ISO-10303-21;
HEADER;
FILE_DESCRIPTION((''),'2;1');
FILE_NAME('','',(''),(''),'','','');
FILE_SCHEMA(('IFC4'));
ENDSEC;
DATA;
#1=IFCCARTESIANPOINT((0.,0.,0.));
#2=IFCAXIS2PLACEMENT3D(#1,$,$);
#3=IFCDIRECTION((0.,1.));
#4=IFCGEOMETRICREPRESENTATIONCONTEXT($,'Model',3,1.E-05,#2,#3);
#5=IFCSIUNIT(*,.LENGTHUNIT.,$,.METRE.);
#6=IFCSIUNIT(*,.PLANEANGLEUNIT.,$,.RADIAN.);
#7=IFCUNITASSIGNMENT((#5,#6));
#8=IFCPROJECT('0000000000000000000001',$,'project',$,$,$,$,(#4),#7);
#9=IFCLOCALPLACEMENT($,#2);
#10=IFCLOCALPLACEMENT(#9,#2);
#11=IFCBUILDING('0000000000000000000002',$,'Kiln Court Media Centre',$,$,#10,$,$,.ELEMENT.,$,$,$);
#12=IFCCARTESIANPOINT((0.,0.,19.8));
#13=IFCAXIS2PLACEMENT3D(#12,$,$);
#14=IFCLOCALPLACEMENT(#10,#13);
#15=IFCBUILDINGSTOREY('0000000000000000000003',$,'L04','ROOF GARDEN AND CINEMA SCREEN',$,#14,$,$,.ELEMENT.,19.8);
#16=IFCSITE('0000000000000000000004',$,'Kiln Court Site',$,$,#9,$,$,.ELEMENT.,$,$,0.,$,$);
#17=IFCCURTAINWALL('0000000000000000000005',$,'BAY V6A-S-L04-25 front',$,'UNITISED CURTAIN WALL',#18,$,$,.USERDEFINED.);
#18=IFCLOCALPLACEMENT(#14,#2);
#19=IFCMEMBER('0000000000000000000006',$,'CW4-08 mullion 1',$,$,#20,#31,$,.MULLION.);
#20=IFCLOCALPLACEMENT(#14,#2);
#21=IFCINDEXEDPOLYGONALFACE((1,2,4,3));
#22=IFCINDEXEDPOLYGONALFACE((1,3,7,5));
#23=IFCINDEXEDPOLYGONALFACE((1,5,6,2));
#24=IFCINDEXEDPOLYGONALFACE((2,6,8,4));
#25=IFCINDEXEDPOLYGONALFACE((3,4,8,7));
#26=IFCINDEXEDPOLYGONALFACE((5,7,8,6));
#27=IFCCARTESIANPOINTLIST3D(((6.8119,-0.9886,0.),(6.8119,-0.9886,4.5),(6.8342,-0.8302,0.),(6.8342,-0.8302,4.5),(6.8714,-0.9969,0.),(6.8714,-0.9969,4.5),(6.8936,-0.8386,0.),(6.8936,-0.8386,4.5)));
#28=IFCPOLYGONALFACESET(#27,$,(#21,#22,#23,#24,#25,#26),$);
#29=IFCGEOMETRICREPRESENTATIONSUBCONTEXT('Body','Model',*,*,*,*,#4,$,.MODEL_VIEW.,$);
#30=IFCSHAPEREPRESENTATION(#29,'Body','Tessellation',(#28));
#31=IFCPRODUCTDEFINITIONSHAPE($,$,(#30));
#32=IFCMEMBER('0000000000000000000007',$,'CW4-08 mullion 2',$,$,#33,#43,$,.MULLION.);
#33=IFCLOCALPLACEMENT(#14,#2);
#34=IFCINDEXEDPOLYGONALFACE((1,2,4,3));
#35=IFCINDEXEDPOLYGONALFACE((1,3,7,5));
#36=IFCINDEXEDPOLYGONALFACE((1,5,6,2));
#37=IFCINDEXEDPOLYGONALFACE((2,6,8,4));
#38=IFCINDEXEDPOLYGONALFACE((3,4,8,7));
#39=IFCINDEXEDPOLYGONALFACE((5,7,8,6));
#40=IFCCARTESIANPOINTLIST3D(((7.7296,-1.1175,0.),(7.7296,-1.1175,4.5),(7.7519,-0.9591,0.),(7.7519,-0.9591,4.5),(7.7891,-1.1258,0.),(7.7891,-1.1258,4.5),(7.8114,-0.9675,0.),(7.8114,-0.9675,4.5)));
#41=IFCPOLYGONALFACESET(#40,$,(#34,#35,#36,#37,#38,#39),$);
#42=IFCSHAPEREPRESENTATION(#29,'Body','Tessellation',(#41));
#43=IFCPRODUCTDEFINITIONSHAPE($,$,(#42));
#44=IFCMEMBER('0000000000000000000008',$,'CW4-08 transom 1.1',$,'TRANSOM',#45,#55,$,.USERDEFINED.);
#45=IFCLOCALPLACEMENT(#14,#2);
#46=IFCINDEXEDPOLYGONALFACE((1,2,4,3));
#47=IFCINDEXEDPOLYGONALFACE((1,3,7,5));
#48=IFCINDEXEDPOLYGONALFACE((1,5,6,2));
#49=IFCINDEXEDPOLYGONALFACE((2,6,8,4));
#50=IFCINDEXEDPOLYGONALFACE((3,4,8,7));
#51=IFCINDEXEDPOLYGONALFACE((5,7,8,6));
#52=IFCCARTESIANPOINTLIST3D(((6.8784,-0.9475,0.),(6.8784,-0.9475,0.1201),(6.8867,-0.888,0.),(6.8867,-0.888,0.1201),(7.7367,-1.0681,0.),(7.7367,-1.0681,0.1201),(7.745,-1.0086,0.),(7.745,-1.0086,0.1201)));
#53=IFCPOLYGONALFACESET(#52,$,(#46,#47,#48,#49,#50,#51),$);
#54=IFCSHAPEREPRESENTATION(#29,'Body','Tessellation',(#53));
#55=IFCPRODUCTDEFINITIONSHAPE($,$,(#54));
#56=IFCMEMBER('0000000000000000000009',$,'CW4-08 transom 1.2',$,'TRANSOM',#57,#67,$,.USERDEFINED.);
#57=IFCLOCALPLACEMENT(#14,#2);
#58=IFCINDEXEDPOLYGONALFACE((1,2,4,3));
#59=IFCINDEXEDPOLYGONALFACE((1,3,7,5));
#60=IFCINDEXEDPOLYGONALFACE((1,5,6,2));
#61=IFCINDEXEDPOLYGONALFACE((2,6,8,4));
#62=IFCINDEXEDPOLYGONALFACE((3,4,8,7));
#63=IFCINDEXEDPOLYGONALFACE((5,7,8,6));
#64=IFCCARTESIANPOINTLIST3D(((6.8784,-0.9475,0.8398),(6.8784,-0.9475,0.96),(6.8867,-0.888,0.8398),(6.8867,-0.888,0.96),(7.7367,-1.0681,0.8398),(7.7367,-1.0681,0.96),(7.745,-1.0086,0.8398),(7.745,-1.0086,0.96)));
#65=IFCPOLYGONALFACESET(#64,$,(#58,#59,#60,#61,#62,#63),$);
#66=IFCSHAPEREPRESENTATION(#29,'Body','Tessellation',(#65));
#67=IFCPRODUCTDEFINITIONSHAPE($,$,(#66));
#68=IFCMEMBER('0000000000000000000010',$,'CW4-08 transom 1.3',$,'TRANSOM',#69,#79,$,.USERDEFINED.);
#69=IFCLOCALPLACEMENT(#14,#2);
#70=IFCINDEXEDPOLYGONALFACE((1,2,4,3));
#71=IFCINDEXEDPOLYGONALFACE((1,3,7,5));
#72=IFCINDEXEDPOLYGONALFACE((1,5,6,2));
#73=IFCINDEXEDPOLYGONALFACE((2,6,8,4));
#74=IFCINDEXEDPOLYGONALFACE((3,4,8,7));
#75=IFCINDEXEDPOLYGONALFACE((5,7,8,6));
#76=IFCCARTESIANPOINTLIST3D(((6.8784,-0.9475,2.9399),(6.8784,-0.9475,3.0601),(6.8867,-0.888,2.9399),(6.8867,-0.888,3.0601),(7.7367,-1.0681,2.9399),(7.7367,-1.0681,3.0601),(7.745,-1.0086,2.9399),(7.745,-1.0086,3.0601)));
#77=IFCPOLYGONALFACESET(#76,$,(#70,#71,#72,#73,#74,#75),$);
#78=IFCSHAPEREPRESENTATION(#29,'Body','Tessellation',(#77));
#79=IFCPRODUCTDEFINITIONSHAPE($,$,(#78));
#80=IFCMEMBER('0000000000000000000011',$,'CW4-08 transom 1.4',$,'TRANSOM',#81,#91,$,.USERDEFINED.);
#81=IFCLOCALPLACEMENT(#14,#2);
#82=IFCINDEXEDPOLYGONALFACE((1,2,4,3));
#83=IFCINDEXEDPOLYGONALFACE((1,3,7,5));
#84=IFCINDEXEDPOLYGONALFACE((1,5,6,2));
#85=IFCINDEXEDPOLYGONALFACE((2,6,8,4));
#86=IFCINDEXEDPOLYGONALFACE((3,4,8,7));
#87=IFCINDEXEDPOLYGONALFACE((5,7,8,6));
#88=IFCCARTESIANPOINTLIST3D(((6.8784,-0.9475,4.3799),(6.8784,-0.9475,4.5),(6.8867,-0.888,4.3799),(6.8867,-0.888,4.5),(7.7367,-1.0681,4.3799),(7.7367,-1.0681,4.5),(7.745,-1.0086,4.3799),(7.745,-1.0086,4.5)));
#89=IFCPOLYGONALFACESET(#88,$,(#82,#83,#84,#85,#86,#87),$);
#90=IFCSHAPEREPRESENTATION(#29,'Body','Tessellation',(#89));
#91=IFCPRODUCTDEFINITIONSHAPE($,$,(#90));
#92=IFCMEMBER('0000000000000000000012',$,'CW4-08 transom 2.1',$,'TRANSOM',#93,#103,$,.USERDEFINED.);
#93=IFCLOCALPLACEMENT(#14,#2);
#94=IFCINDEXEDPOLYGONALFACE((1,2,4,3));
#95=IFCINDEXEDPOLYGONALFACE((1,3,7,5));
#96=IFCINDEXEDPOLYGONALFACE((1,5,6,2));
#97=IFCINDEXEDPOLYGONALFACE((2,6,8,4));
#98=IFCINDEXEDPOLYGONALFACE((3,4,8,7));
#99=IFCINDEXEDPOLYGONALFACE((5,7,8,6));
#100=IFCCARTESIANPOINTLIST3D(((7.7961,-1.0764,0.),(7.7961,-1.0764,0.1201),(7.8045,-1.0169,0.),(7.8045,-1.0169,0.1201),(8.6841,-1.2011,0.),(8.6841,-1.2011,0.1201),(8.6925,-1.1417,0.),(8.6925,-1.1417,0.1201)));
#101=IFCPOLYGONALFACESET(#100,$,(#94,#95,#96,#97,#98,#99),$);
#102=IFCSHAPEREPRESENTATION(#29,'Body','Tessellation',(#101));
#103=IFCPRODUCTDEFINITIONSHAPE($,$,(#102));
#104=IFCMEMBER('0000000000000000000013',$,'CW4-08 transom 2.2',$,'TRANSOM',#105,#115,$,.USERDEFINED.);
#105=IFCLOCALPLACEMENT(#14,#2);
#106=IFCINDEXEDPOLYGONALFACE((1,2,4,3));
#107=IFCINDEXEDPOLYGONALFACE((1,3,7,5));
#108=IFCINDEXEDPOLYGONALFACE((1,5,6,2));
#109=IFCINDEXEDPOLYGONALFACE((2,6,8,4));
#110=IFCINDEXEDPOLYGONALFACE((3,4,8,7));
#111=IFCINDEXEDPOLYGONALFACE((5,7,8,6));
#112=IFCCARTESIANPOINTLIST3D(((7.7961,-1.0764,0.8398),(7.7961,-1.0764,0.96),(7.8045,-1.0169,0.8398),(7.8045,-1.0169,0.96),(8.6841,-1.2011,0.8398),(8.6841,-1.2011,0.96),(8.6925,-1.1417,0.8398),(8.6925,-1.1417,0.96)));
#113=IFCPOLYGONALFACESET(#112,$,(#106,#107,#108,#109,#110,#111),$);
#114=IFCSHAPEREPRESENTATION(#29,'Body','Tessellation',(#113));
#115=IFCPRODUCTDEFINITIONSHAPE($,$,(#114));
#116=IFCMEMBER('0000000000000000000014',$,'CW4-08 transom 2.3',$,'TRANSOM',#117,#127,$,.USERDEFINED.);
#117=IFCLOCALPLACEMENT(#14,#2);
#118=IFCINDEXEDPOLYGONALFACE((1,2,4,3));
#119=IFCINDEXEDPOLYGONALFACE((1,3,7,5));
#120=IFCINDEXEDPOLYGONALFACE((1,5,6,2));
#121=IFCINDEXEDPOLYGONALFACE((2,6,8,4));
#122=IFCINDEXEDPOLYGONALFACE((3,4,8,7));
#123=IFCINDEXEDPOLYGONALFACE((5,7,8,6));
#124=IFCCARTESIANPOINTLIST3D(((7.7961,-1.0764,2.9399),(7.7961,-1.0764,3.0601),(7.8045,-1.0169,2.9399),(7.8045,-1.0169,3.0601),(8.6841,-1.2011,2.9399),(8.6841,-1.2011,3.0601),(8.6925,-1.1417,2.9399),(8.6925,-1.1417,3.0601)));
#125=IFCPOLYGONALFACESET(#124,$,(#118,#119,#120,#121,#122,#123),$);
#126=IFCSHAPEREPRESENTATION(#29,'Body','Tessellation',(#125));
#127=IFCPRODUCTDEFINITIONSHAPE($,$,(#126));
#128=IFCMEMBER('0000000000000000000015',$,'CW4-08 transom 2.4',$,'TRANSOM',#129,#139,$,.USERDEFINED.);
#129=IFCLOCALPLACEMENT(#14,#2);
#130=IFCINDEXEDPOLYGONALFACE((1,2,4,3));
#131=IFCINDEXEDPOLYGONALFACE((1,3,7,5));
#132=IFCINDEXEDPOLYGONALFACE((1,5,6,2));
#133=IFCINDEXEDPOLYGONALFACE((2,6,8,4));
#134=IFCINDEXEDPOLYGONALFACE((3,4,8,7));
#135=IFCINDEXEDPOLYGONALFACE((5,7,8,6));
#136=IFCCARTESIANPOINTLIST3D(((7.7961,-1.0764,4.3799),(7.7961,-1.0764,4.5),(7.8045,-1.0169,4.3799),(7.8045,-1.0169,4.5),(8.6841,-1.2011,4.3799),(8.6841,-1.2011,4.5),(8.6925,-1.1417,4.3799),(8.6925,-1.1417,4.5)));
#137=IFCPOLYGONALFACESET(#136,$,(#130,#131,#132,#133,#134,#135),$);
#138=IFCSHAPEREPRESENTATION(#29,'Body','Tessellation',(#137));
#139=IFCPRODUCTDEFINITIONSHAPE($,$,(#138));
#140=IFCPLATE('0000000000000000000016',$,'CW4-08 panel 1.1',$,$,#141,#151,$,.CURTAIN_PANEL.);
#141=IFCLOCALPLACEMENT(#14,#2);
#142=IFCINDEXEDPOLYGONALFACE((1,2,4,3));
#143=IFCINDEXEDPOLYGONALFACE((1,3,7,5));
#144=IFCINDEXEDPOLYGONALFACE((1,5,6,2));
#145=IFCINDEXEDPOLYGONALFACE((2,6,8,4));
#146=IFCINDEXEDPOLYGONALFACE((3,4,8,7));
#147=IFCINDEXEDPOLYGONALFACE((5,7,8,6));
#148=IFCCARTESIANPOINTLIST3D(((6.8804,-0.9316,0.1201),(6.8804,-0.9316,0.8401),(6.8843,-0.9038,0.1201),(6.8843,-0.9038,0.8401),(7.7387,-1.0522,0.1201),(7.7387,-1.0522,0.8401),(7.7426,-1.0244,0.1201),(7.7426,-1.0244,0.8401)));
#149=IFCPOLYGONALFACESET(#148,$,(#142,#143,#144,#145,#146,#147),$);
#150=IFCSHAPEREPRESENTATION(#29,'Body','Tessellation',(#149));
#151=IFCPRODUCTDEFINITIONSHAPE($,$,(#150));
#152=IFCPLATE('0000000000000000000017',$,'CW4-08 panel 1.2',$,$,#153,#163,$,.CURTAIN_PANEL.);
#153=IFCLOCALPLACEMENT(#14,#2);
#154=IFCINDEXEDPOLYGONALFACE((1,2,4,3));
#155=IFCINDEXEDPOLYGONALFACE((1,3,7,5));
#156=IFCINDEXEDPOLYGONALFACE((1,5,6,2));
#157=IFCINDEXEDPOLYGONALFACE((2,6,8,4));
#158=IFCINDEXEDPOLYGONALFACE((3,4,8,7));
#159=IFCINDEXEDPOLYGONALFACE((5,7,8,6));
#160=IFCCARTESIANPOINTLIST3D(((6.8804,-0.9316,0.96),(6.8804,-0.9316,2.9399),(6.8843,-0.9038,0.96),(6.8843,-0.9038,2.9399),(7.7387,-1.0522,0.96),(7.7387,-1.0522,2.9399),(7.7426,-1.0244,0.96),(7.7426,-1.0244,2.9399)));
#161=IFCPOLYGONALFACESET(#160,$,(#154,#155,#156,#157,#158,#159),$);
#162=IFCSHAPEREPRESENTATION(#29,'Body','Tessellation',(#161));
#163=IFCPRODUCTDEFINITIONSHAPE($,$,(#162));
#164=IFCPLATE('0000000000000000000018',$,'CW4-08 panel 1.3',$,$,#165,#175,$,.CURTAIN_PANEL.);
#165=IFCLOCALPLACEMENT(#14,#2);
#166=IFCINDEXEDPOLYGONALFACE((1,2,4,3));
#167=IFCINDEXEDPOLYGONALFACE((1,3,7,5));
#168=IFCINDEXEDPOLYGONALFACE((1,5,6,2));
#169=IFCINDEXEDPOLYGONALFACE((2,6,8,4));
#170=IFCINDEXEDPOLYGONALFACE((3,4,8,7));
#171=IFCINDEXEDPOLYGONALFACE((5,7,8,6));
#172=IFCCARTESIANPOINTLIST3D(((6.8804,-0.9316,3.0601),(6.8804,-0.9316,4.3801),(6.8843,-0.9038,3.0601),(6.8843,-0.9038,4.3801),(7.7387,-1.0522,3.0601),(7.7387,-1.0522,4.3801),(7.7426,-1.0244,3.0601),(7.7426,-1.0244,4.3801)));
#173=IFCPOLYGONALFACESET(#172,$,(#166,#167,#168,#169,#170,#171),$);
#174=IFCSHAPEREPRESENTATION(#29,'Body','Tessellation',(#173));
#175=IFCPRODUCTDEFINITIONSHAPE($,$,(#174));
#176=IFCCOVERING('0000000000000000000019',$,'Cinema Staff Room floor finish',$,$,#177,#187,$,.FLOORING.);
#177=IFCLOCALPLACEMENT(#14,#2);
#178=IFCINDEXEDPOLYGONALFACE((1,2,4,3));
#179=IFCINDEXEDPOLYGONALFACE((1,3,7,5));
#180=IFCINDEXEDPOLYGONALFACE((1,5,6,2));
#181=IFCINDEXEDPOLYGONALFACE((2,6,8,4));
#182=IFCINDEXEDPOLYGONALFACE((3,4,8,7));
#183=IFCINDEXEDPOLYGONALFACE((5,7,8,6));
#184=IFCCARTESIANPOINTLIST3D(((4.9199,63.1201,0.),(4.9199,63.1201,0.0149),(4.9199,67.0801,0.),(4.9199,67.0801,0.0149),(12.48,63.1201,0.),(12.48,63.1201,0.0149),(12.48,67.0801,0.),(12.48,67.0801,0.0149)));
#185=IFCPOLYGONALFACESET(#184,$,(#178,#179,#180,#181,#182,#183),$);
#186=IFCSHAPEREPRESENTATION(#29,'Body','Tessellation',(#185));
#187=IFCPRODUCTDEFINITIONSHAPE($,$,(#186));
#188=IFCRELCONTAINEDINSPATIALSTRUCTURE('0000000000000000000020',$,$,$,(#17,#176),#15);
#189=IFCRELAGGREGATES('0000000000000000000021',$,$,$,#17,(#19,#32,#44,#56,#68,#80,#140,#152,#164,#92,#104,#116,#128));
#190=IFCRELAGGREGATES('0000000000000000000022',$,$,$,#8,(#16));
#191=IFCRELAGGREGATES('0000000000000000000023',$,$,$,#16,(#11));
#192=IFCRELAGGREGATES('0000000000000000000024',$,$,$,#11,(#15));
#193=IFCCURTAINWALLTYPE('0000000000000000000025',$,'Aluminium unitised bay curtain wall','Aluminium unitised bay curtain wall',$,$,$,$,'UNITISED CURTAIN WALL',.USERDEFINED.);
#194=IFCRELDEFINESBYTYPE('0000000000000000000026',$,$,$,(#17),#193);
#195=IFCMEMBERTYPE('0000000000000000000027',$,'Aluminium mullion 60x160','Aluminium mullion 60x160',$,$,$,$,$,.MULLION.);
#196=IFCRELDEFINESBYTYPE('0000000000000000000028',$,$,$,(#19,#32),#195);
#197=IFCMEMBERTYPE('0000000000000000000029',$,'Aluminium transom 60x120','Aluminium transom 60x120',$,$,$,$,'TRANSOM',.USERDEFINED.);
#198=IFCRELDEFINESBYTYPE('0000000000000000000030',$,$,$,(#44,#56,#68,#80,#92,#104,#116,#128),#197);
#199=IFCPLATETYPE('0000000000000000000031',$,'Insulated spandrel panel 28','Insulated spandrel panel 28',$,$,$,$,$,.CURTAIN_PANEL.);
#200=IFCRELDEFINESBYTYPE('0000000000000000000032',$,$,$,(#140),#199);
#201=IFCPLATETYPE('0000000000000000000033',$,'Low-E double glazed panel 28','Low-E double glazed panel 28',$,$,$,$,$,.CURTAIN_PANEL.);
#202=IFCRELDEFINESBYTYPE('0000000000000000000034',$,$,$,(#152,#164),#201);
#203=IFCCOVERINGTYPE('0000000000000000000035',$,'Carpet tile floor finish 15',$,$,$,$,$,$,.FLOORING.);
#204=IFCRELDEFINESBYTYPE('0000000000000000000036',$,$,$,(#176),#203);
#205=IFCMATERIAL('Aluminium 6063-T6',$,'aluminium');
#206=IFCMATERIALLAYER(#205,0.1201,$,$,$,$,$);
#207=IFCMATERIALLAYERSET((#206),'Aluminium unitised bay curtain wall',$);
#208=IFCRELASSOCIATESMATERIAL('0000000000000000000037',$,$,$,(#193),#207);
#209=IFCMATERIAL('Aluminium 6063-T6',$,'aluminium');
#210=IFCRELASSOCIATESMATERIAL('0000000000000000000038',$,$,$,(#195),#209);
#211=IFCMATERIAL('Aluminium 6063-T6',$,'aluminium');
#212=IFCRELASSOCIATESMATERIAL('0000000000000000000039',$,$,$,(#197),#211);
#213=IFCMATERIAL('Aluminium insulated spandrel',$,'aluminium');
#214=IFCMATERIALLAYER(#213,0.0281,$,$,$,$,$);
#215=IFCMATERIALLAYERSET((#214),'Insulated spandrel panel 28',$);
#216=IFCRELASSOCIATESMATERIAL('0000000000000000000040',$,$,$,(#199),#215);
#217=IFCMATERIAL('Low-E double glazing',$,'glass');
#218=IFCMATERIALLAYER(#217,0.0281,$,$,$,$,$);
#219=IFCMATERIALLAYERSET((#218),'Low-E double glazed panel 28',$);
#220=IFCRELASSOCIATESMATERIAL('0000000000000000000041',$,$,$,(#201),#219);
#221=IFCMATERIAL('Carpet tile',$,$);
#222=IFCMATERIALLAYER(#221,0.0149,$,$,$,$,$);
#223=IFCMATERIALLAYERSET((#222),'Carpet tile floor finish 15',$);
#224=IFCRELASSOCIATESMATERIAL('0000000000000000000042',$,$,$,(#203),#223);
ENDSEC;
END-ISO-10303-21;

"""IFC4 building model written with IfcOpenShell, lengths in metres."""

from ifc_helpers import new_model, si_unit, direction, frame, origin, origin_2d, place, context, subcontext, project, spatial, polyline, rectangle, outline, extrude, material, layer, layer_set, material_profile, profile_set, type_object, element, aggregate, save


model = new_model("IFC4")

# Units and contexts
model_context = context("Model", 3, precision=1e-05, world=origin(), true_north=direction((0.0, 1.0)))
body_context = subcontext(model_context, "Body", "Model", "MODEL_VIEW")
ifc_project = project(units=[si_unit("LENGTHUNIT", "METRE"), si_unit("PLANEANGLEUNIT", "RADIAN")], contexts=[model_context])

# Site, building, storey
site_placement = place(None, origin())
site = spatial("IfcSite", under=ifc_project, at=site_placement, Name="Kiln Court Site", CompositionType="ELEMENT", RefElevation=0.0)
building_placement = place(site_placement, origin())
building = spatial("IfcBuilding", under=site, at=building_placement, Name="Kiln Court Media Centre", CompositionType="ELEMENT")
storey_placement = place(building_placement, frame((0.0, 0.0, 19.8)))
storey = spatial("IfcBuildingStorey", under=building, at=storey_placement, Name="L04", Description="ROOF GARDEN AND CINEMA SCREEN", CompositionType="ELEMENT", Elevation=19.8)

# Curtain wall, members, plates
ifc_material_1 = material(Name="Aluminium 6063-T6", Category="aluminium")
ifc_layer_1 = layer(ifc_material_1, 0.1201)
ifc_layer_set_1 = layer_set([ifc_layer_1], Name="Aluminium unitised bay curtain wall")
curtain_wall_type = type_object("IfcCurtainWallType", Name="Aluminium unitised bay curtain wall", Description="Aluminium unitised bay curtain wall", ElementType="UNITISED CURTAIN WALL", PredefinedType="USERDEFINED", material=ifc_layer_set_1)
curtain_wall_placement = place(storey_placement, origin())
curtain_wall = element("IfcCurtainWall", 1, at=curtain_wall_placement, inside=storey, type_object=curtain_wall_type, Name="BAY V6A-S-L04-25 front", ObjectType="UNITISED CURTAIN WALL", PredefinedType="USERDEFINED")
ifc_material_2 = material(Name="Aluminium 6063-T6", Category="aluminium")
ifc_material_profile_1 = material_profile(ifc_material_2, rectangle(XDim=0.0601, YDim=0.1599, at=origin_2d()), Name="Aluminium mullion 60x160")
ifc_profile_set_1 = profile_set([ifc_material_profile_1], Name="Aluminium 6063-T6")
member_type_1 = type_object("IfcMemberType", Name="Aluminium mullion 60x160", Description="Aluminium mullion 60x160", PredefinedType="MULLION", material=ifc_profile_set_1)
member_1_placement = place(storey_placement, frame((6.8528, -0.9136, 0.0), z_axis=(0.0, 0.0, 1.0), x_axis=(0.99027, -0.139162, 0.0)))
member_1 = element("IfcMember", 2, at=member_1_placement, type_object=member_type_1, Name="CW4-08 mullion 1", PredefinedType="MULLION", context=body_context, shape_type="SweptSolid", body=[
    extrude(rectangle(XDim=0.0601, YDim=0.1599, at=origin_2d()), origin(), (0.0, 0.0, 1.0), 4.5),
])
member_2_placement = place(storey_placement, frame((7.7705, -1.0425, 0.0), z_axis=(0.0, 0.0, 1.0), x_axis=(0.99027, -0.139162, 0.0)))
member_2 = element("IfcMember", 3, at=member_2_placement, type_object=member_type_1, Name="CW4-08 mullion 2", PredefinedType="MULLION", context=body_context, shape_type="SweptSolid", body=[
    extrude(rectangle(XDim=0.0601, YDim=0.1599, at=origin_2d()), origin(), (0.0, 0.0, 1.0), 4.5),
])
ifc_material_3 = material(Name="Aluminium 6063-T6", Category="aluminium")
ifc_material_profile_2 = material_profile(ifc_material_3, rectangle(XDim=0.0601, YDim=0.1201, at=origin_2d()), Name="Aluminium transom 60x120")
ifc_profile_set_2 = profile_set([ifc_material_profile_2], Name="Aluminium 6063-T6")
member_type_2 = type_object("IfcMemberType", Name="Aluminium transom 60x120", Description="Aluminium transom 60x120", ElementType="TRANSOM", PredefinedType="USERDEFINED", material=ifc_profile_set_2)
member_3_placement = place(storey_placement, frame((6.8826, -0.9177, 0.0601), z_axis=(0.990268, -0.139173, 0.0), x_axis=(0.139173, 0.990268, 0.0)))
member_3 = element("IfcMember", 4, at=member_3_placement, type_object=member_type_2, Name="CW4-08 transom 1.1", ObjectType="TRANSOM", PredefinedType="USERDEFINED", context=body_context, shape_type="SweptSolid", body=[
    extrude(rectangle(XDim=0.0601, YDim=0.1201, at=origin_2d()), origin(), (0.0, 0.0, 1.0), 0.8667),
])
member_4_placement = place(storey_placement, frame((6.8826, -0.9177, 0.8999), z_axis=(0.990268, -0.139173, 0.0), x_axis=(0.139173, 0.990268, 0.0)))
member_4 = element("IfcMember", 5, at=member_4_placement, type_object=member_type_2, Name="CW4-08 transom 1.2", ObjectType="TRANSOM", PredefinedType="USERDEFINED", context=body_context, shape_type="SweptSolid", body=[
    extrude(rectangle(XDim=0.0601, YDim=0.1201, at=origin_2d()), origin(), (0.0, 0.0, 1.0), 0.8667),
])
member_5_placement = place(storey_placement, frame((6.8826, -0.9177, 3.0), z_axis=(0.990268, -0.139173, 0.0), x_axis=(0.139173, 0.990268, 0.0)))
member_5 = element("IfcMember", 6, at=member_5_placement, type_object=member_type_2, Name="CW4-08 transom 1.3", ObjectType="TRANSOM", PredefinedType="USERDEFINED", context=body_context, shape_type="SweptSolid", body=[
    extrude(rectangle(XDim=0.0601, YDim=0.1201, at=origin_2d()), origin(), (0.0, 0.0, 1.0), 0.8667),
])
member_6_placement = place(storey_placement, frame((6.8826, -0.9177, 4.4399), z_axis=(0.990268, -0.139173, 0.0), x_axis=(0.139173, 0.990268, 0.0)))
member_6 = element("IfcMember", 7, at=member_6_placement, type_object=member_type_2, Name="CW4-08 transom 1.4", ObjectType="TRANSOM", PredefinedType="USERDEFINED", context=body_context, shape_type="SweptSolid", body=[
    extrude(rectangle(XDim=0.0601, YDim=0.1201, at=origin_2d()), origin(), (0.0, 0.0, 1.0), 0.8667),
])
member_7_placement = place(storey_placement, frame((7.8003, -1.0466, 0.0601), z_axis=(0.990274, -0.139134, 0.0), x_axis=(0.139134, 0.990274, 0.0)))
member_7 = element("IfcMember", 8, at=member_7_placement, type_object=member_type_2, Name="CW4-08 transom 2.1", ObjectType="TRANSOM", PredefinedType="USERDEFINED", context=body_context, shape_type="SweptSolid", body=[
    extrude(rectangle(XDim=0.0601, YDim=0.1201, at=origin_2d()), origin(), (0.0, 0.0, 1.0), 0.8967),
])
member_8_placement = place(storey_placement, frame((7.8003, -1.0466, 0.8999), z_axis=(0.990274, -0.139134, 0.0), x_axis=(0.139134, 0.990274, 0.0)))
member_8 = element("IfcMember", 9, at=member_8_placement, type_object=member_type_2, Name="CW4-08 transom 2.2", ObjectType="TRANSOM", PredefinedType="USERDEFINED", context=body_context, shape_type="SweptSolid", body=[
    extrude(rectangle(XDim=0.0601, YDim=0.1201, at=origin_2d()), origin(), (0.0, 0.0, 1.0), 0.8967),
])
member_9_placement = place(storey_placement, frame((7.8003, -1.0466, 3.0), z_axis=(0.990274, -0.139134, 0.0), x_axis=(0.139134, 0.990274, 0.0)))
member_9 = element("IfcMember", 10, at=member_9_placement, type_object=member_type_2, Name="CW4-08 transom 2.3", ObjectType="TRANSOM", PredefinedType="USERDEFINED", context=body_context, shape_type="SweptSolid", body=[
    extrude(rectangle(XDim=0.0601, YDim=0.1201, at=origin_2d()), origin(), (0.0, 0.0, 1.0), 0.8967),
])
member_10_placement = place(storey_placement, frame((7.8003, -1.0466, 4.4399), z_axis=(0.990274, -0.139134, 0.0), x_axis=(0.139134, 0.990274, 0.0)))
member_10 = element("IfcMember", 11, at=member_10_placement, type_object=member_type_2, Name="CW4-08 transom 2.4", ObjectType="TRANSOM", PredefinedType="USERDEFINED", context=body_context, shape_type="SweptSolid", body=[
    extrude(rectangle(XDim=0.0601, YDim=0.1201, at=origin_2d()), origin(), (0.0, 0.0, 1.0), 0.8967),
])
ifc_material_4 = material(Name="Aluminium insulated spandrel", Category="aluminium")
ifc_layer_2 = layer(ifc_material_4, 0.0281)
ifc_layer_set_2 = layer_set([ifc_layer_2], Name="Insulated spandrel panel 28")
plate_type_1 = type_object("IfcPlateType", Name="Insulated spandrel panel 28", Description="Insulated spandrel panel 28", PredefinedType="CURTAIN_PANEL", material=ifc_layer_set_2)
plate_1_placement = place(storey_placement, frame((7.3115, -0.978, 0.1201), z_axis=(0.0, 0.0, 1.0), x_axis=(0.99027, -0.139162, 0.0)))
plate_1 = element("IfcPlate", 12, at=plate_1_placement, type_object=plate_type_1, Name="CW4-08 panel 1.1", PredefinedType="CURTAIN_PANEL", context=body_context, shape_type="SweptSolid", body=[
    extrude(rectangle(XDim=0.8667, YDim=0.0281, at=origin_2d()), origin(), (0.0, 0.0, 1.0), 0.72),
])
ifc_material_5 = material(Name="Low-E double glazing", Category="glass")
ifc_layer_3 = layer(ifc_material_5, 0.0281)
ifc_layer_set_3 = layer_set([ifc_layer_3], Name="Low-E double glazed panel 28")
plate_type_2 = type_object("IfcPlateType", Name="Low-E double glazed panel 28", Description="Low-E double glazed panel 28", PredefinedType="CURTAIN_PANEL", material=ifc_layer_set_3)
plate_2_placement = place(storey_placement, frame((7.3115, -0.978, 0.96), z_axis=(0.0, 0.0, 1.0), x_axis=(0.99027, -0.139162, 0.0)))
plate_2 = element("IfcPlate", 13, at=plate_2_placement, type_object=plate_type_2, Name="CW4-08 panel 1.2", PredefinedType="CURTAIN_PANEL", context=body_context, shape_type="SweptSolid", body=[
    extrude(rectangle(XDim=0.8667, YDim=0.0281, at=origin_2d()), origin(), (0.0, 0.0, 1.0), 1.98),
])
plate_3_placement = place(storey_placement, frame((7.3115, -0.978, 3.0601), z_axis=(0.0, 0.0, 1.0), x_axis=(0.99027, -0.139162, 0.0)))
plate_3 = element("IfcPlate", 14, at=plate_3_placement, type_object=plate_type_2, Name="CW4-08 panel 1.3", PredefinedType="CURTAIN_PANEL", context=body_context, shape_type="SweptSolid", body=[
    extrude(rectangle(XDim=0.8667, YDim=0.0281, at=origin_2d()), origin(), (0.0, 0.0, 1.0), 1.3201),
])
aggregate(curtain_wall, [member_1, member_2, member_3, member_4, member_5, member_6, plate_1, plate_2, plate_3, member_7, member_8, member_9, member_10])

# Covering
ifc_material_6 = material(Name="Carpet tile")
ifc_layer_4 = layer(ifc_material_6, 0.0149)
ifc_layer_set_4 = layer_set([ifc_layer_4], Name="Carpet tile floor finish 15")
covering_type_1 = type_object("IfcCoveringType", Name="Carpet tile floor finish 15", PredefinedType="FLOORING", material=ifc_layer_set_4)
covering_1_placement = place(storey_placement, origin())
element("IfcCovering", 15, at=covering_1_placement, inside=storey, type_object=covering_type_1, Name="Cinema Staff Room floor finish", PredefinedType="FLOORING", context=body_context, shape_type="SweptSolid", body=[
    extrude(outline(polyline([(12.48, 67.0801), (4.9199, 67.0801), (4.9199, 63.1201), (12.48, 63.1201), (12.48, 67.0801)])), origin(), (0.0, 0.0, 1.0), 0.0149),
])

save(model, "model.ifc")
